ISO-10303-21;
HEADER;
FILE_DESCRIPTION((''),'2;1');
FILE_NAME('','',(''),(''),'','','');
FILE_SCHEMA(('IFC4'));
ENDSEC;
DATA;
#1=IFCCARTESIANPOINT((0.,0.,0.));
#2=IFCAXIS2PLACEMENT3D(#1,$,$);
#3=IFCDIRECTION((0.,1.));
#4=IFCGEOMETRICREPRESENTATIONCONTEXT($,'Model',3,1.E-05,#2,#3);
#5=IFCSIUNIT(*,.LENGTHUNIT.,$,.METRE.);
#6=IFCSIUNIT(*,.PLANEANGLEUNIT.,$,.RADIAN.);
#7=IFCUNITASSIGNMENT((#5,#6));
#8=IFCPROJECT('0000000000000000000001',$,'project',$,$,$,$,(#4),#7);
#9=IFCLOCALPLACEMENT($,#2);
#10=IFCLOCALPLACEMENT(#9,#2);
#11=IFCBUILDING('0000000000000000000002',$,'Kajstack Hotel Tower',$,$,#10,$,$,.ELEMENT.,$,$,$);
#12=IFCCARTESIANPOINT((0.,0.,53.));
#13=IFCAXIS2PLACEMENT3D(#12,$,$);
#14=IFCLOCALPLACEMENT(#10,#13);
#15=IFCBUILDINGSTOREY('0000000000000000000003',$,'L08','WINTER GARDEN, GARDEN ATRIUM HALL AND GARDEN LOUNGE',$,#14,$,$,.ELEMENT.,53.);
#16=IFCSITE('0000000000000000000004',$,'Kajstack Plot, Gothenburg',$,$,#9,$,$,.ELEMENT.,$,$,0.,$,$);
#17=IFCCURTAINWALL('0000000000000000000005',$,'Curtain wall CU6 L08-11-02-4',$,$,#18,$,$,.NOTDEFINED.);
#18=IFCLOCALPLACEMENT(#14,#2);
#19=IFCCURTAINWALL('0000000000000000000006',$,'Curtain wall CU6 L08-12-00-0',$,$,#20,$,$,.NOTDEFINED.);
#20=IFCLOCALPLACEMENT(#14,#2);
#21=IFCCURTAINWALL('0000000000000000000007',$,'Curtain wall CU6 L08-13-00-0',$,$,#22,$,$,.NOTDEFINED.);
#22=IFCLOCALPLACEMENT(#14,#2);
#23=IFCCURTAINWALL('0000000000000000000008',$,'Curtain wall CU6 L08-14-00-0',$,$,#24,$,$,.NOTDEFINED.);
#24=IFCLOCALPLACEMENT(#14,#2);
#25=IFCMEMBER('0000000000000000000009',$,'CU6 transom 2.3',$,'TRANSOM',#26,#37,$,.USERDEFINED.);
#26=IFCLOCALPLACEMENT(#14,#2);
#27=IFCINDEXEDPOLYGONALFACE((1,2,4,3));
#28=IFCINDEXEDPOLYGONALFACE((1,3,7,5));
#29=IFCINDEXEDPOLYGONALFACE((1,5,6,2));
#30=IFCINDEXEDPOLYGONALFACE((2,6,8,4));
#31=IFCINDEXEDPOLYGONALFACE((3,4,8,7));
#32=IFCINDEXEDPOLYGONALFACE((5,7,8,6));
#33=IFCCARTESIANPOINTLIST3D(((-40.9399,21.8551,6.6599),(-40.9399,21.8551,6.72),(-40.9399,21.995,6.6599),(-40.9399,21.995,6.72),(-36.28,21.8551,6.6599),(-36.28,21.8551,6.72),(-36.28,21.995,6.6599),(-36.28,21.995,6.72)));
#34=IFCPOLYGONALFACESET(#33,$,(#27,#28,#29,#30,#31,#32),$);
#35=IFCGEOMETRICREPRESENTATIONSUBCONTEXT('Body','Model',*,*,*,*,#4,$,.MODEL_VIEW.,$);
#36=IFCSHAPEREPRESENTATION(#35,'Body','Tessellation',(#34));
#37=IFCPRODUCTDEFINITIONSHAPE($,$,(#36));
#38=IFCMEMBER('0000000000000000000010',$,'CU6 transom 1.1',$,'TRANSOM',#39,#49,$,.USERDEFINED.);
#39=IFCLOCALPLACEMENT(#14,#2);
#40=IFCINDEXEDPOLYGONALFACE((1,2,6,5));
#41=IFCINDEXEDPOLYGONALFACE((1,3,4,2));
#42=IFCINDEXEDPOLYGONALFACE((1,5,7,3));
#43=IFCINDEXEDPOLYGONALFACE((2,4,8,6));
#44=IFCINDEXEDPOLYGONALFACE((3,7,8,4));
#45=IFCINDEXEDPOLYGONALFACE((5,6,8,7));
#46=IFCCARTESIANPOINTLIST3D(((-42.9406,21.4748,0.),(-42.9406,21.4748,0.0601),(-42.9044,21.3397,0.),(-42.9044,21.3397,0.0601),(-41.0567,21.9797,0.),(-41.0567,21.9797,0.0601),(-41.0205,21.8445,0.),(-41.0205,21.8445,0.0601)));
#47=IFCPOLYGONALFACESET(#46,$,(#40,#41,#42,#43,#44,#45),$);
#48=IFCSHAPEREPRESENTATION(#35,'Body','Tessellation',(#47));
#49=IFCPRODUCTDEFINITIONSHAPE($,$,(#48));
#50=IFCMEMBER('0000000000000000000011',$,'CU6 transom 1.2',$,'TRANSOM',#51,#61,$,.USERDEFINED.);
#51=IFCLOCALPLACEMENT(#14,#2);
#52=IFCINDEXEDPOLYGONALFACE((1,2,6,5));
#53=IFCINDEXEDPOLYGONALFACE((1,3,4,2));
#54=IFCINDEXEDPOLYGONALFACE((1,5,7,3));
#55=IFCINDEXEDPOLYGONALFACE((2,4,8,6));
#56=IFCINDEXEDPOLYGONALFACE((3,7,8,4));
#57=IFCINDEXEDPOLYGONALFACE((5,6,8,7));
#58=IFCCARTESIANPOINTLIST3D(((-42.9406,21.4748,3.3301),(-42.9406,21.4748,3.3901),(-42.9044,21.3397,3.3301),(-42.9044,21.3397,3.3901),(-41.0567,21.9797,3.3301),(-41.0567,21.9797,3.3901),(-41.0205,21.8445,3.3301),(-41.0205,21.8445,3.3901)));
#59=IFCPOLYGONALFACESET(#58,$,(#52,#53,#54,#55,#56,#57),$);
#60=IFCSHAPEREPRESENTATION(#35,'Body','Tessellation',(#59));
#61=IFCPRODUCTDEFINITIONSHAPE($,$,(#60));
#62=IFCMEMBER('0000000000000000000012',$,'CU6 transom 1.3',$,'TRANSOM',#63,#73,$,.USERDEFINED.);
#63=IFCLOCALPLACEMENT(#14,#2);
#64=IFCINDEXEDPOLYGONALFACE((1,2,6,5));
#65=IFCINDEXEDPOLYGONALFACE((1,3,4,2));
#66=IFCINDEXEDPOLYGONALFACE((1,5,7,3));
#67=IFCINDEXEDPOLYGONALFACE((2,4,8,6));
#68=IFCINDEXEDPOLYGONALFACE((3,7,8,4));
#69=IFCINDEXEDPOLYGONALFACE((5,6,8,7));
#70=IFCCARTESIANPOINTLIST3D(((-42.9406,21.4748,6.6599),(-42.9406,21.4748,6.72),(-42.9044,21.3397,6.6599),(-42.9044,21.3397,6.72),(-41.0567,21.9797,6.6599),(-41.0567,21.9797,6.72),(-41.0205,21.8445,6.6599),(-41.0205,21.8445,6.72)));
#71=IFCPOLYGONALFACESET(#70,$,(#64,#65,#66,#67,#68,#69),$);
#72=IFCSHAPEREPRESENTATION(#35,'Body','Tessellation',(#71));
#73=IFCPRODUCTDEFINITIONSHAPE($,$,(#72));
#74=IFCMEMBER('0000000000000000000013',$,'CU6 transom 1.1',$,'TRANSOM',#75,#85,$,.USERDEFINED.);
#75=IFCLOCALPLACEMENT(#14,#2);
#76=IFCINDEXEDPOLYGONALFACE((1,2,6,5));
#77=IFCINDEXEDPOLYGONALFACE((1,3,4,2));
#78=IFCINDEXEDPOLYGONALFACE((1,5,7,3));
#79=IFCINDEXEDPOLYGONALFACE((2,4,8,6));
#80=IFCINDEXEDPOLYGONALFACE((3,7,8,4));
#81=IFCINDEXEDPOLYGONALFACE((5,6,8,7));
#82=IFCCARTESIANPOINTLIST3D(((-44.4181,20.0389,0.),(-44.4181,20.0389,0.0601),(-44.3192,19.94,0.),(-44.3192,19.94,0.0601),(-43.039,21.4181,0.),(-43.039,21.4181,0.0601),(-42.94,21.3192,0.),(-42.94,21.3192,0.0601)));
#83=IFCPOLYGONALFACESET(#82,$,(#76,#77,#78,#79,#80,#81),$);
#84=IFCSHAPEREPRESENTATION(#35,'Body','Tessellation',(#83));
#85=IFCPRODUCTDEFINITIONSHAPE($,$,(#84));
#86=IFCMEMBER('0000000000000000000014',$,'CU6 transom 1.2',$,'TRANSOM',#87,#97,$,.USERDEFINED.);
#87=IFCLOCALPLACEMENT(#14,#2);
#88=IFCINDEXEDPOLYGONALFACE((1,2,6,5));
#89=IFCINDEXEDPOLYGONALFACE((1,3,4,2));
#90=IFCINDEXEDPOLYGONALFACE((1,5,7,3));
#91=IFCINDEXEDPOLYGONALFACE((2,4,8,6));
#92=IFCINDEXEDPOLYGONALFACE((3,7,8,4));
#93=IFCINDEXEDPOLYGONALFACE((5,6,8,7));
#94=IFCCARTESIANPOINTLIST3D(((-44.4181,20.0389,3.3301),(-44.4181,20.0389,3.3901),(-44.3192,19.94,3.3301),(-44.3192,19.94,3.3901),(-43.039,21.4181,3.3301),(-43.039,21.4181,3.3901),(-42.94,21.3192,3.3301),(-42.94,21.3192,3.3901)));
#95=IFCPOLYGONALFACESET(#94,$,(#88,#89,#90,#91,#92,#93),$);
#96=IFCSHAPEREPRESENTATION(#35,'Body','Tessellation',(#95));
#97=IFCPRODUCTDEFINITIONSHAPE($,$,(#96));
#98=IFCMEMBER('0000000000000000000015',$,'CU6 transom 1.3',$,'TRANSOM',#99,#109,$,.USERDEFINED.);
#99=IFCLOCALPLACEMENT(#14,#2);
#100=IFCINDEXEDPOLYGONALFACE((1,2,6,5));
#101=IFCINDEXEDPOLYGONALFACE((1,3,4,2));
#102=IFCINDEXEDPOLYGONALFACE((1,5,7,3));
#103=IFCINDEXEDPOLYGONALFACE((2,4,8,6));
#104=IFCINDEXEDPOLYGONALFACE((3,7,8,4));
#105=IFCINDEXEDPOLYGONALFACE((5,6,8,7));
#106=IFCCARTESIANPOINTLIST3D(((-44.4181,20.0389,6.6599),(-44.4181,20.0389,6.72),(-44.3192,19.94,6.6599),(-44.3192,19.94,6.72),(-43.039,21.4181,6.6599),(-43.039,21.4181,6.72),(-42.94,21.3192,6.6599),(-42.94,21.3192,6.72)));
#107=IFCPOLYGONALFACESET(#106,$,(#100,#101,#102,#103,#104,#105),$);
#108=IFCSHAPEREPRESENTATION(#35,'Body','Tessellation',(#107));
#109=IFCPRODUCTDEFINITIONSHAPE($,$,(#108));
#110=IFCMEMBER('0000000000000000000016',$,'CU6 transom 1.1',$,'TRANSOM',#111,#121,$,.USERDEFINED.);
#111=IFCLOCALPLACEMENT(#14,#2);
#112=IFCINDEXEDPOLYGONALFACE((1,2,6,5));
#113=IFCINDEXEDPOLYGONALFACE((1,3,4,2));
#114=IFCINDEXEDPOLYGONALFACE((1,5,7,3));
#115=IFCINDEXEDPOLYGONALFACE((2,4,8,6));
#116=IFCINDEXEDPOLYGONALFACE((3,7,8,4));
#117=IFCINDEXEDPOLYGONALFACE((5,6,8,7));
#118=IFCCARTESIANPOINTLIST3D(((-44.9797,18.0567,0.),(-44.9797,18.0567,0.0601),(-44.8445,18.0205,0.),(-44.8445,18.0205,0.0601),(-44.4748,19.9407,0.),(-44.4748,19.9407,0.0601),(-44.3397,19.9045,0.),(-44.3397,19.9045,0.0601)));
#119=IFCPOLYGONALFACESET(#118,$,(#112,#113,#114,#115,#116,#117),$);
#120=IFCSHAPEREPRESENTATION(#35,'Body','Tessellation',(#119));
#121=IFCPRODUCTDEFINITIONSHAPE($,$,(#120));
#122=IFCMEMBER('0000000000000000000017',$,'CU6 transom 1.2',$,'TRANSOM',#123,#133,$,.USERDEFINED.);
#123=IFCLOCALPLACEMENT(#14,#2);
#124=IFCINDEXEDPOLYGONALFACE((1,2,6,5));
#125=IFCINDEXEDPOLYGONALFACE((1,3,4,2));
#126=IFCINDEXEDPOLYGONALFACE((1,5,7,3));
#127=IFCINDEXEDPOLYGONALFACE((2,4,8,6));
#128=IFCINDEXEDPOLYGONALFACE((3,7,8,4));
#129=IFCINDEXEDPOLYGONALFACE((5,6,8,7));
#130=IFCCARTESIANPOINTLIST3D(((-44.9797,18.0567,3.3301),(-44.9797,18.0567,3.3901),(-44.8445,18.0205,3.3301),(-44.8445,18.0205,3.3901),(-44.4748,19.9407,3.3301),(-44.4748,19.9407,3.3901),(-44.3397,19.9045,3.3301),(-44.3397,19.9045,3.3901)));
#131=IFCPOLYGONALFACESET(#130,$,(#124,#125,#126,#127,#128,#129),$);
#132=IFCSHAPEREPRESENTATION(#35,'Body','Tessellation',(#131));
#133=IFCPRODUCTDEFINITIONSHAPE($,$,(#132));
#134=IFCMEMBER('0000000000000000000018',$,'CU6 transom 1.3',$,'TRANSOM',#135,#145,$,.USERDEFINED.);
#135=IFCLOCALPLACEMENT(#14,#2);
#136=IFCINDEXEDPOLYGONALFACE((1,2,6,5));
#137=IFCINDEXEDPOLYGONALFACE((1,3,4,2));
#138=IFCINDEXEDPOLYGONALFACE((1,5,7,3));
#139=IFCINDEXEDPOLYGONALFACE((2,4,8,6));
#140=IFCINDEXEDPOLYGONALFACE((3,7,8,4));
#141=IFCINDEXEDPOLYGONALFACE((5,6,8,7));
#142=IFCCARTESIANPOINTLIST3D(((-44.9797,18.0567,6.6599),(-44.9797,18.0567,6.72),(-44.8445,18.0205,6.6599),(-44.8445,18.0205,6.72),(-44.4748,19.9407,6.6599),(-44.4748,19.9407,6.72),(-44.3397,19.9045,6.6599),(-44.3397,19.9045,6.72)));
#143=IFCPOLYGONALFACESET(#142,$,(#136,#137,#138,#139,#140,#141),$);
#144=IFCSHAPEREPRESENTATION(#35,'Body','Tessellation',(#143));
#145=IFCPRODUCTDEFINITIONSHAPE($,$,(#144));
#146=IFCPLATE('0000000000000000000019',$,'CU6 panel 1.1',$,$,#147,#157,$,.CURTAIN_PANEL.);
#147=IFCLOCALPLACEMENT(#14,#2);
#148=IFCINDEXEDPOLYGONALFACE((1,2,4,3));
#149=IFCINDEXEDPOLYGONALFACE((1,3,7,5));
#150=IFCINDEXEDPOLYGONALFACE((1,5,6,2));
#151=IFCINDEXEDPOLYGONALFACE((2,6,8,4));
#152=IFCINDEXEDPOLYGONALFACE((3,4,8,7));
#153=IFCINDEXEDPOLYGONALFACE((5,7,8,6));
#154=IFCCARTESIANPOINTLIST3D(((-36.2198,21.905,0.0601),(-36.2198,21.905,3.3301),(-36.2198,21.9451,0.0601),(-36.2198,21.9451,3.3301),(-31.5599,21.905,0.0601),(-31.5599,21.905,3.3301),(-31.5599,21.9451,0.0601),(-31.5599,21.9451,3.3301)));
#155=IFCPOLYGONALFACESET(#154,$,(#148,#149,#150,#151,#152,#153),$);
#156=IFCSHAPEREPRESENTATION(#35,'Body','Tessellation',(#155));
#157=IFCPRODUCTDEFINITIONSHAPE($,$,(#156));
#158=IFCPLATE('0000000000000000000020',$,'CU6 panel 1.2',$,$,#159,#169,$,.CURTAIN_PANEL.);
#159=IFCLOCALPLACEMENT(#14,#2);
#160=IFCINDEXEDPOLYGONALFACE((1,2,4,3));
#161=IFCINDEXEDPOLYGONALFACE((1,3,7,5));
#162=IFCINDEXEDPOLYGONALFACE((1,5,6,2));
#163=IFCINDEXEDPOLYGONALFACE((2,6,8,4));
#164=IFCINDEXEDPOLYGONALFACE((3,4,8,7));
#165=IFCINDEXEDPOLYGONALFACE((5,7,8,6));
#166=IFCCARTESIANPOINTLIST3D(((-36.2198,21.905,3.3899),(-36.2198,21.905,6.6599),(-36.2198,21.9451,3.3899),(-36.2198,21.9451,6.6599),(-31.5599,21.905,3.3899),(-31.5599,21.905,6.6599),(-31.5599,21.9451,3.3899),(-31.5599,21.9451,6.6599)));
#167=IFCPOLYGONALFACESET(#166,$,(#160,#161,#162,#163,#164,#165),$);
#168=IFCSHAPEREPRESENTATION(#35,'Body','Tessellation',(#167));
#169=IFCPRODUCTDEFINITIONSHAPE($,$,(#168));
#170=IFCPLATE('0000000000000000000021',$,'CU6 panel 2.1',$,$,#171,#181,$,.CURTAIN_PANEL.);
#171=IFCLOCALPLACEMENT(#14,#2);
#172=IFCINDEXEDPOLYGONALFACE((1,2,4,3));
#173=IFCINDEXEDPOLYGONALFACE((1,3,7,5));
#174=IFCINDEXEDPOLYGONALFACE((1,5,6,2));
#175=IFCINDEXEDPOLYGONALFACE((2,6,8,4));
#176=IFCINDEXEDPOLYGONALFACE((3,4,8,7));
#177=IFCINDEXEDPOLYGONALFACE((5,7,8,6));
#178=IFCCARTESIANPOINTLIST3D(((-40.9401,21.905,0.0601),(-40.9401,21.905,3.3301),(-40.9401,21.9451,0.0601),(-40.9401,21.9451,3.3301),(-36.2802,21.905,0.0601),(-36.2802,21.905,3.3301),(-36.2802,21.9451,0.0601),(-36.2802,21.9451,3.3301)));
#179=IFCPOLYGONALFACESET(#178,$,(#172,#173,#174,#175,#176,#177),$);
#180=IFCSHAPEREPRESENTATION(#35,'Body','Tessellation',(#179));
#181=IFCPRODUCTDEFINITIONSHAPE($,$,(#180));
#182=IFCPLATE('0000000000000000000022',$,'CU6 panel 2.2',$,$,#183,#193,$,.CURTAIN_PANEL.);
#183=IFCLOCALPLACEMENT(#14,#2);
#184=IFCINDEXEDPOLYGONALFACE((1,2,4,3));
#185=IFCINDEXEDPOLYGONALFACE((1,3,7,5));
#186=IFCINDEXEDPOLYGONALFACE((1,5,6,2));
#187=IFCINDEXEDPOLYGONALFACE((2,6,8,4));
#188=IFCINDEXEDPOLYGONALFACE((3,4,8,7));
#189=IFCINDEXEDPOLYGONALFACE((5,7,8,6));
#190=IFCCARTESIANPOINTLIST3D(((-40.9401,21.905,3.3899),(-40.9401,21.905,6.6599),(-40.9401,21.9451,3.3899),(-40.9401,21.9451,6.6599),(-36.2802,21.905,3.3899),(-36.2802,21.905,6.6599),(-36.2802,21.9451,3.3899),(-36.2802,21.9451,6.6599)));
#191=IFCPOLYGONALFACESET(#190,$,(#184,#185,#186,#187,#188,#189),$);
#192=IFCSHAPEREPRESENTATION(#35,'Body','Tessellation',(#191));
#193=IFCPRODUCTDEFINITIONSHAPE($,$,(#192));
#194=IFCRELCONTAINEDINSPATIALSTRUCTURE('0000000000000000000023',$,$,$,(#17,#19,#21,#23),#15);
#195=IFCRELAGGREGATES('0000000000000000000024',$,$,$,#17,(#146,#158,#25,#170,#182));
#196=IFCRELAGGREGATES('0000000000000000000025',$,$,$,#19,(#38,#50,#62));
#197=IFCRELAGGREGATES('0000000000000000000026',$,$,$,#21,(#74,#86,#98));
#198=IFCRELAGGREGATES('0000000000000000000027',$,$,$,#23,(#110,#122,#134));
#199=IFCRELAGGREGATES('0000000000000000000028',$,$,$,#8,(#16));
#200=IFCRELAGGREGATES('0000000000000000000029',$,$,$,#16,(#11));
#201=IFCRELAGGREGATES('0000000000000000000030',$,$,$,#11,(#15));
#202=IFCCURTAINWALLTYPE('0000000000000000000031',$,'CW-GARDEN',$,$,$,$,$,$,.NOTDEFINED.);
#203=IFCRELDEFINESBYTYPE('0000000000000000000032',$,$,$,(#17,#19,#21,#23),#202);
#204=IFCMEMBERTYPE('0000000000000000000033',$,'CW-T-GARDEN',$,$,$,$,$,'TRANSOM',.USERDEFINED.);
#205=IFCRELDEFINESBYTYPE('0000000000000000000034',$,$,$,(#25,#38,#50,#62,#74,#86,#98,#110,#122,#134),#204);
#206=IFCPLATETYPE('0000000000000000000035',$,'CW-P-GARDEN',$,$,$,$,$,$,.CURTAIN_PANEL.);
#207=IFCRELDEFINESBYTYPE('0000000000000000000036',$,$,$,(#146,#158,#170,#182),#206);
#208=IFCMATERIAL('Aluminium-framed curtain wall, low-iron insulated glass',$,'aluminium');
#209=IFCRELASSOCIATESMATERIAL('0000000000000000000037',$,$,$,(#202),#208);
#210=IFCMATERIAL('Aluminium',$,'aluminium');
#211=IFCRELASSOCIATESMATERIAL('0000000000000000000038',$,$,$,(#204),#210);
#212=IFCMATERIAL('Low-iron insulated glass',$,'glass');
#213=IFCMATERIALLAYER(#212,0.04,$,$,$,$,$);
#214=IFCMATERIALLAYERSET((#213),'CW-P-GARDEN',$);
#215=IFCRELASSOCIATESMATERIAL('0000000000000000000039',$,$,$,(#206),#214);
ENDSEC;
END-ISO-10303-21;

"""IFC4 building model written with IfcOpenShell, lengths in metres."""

from ifc_helpers import new_model, si_unit, direction, frame, origin, origin_2d, place, context, subcontext, project, spatial, rectangle, extrude, material, layer, layer_set, material_profile, profile_set, type_object, element, aggregate, save


model = new_model("IFC4")

# Units and contexts
model_context = context("Model", 3, precision=1e-05, world=origin(), true_north=direction((0.0, 1.0)))
body_context = subcontext(model_context, "Body", "Model", "MODEL_VIEW")
ifc_project = project(units=[si_unit("LENGTHUNIT", "METRE"), si_unit("PLANEANGLEUNIT", "RADIAN")], contexts=[model_context])

# Site, building, storey
site_placement = place(None, origin())
site = spatial("IfcSite", under=ifc_project, at=site_placement, Name="Kajstack Plot, Gothenburg", CompositionType="ELEMENT", RefElevation=0.0)
building_placement = place(site_placement, origin())
building = spatial("IfcBuilding", under=site, at=building_placement, Name="Kajstack Hotel Tower", CompositionType="ELEMENT")
storey_placement = place(building_placement, frame((0.0, 0.0, 53.0)))
storey = spatial("IfcBuildingStorey", under=building, at=storey_placement, Name="L08", Description="WINTER GARDEN, GARDEN ATRIUM HALL AND GARDEN LOUNGE", CompositionType="ELEMENT", Elevation=53.0)

# Curtain walls
ifc_material_1 = material(Name="Aluminium-framed curtain wall, low-iron insulated glass", Category="aluminium")
curtain_wall_type = type_object("IfcCurtainWallType", Name="CW-GARDEN", PredefinedType="NOTDEFINED", material=ifc_material_1)
curtain_wall_1_placement = place(storey_placement, origin())
curtain_wall_1 = element("IfcCurtainWall", 1, at=curtain_wall_1_placement, inside=storey, type_object=curtain_wall_type, Name="Curtain wall CU6 L08-11-02-4", PredefinedType="NOTDEFINED")
ifc_material_2 = material(Name="Aluminium", Category="aluminium")
curtain_wall_2_placement = place(storey_placement, origin())
curtain_wall_2 = element("IfcCurtainWall", 2, at=curtain_wall_2_placement, inside=storey, type_object=curtain_wall_type, Name="Curtain wall CU6 L08-12-00-0", PredefinedType="NOTDEFINED")
curtain_wall_3_placement = place(storey_placement, origin())
curtain_wall_3 = element("IfcCurtainWall", 3, at=curtain_wall_3_placement, inside=storey, type_object=curtain_wall_type, Name="Curtain wall CU6 L08-13-00-0", PredefinedType="NOTDEFINED")
curtain_wall_4_placement = place(storey_placement, origin())
curtain_wall_4 = element("IfcCurtainWall", 4, at=curtain_wall_4_placement, inside=storey, type_object=curtain_wall_type, Name="Curtain wall CU6 L08-14-00-0", PredefinedType="NOTDEFINED")

# Members
ifc_material_profile_1 = material_profile(ifc_material_2, rectangle(XDim=0.1399, YDim=0.0601, at=origin_2d()), Name="Aluminium transom 140 x 60")
ifc_profile_set_1 = profile_set([ifc_material_profile_1], Name="Aluminium")
member_type_1 = type_object("IfcMemberType", Name="CW-T-GARDEN", ElementType="TRANSOM", PredefinedType="USERDEFINED", material=ifc_profile_set_1)
member_1_placement = place(storey_placement, frame((-36.28, 21.925, 6.6899), z_axis=(-1.0, 0.0, 0.0), x_axis=(0.0, -1.0, 0.0)))
member_1 = element("IfcMember", 5, at=member_1_placement, type_object=member_type_1, Name="CU6 transom 2.3", ObjectType="TRANSOM", PredefinedType="USERDEFINED", context=body_context, shape_type="SweptSolid", body=[
    extrude(rectangle(XDim=0.1399, YDim=0.0601, at=origin_2d()), origin(), (0.0, 0.0, 1.0), 4.6599),
])
member_2_placement = place(storey_placement, frame((-41.0386, 21.9121, 0.03), z_axis=(-0.965918, -0.258847, 0.0), x_axis=(0.258847, -0.965918, 0.0)))
member_2 = element("IfcMember", 6, at=member_2_placement, type_object=member_type_1, Name="CU6 transom 1.1", ObjectType="TRANSOM", PredefinedType="USERDEFINED", context=body_context, shape_type="SweptSolid", body=[
    extrude(rectangle(XDim=0.1399, YDim=0.0601, at=origin_2d()), origin(), (0.0, 0.0, 1.0), 1.9504),
])
member_3_placement = place(storey_placement, frame((-41.0386, 21.9121, 3.3601), z_axis=(-0.965918, -0.258847, 0.0), x_axis=(0.258847, -0.965918, 0.0)))
member_3 = element("IfcMember", 7, at=member_3_placement, type_object=member_type_1, Name="CU6 transom 1.2", ObjectType="TRANSOM", PredefinedType="USERDEFINED", context=body_context, shape_type="SweptSolid", body=[
    extrude(rectangle(XDim=0.1399, YDim=0.0601, at=origin_2d()), origin(), (0.0, 0.0, 1.0), 1.9504),
])
member_4_placement = place(storey_placement, frame((-41.0386, 21.9121, 6.6899), z_axis=(-0.965918, -0.258847, 0.0), x_axis=(0.258847, -0.965918, 0.0)))
member_4 = element("IfcMember", 8, at=member_4_placement, type_object=member_type_1, Name="CU6 transom 1.3", ObjectType="TRANSOM", PredefinedType="USERDEFINED", context=body_context, shape_type="SweptSolid", body=[
    extrude(rectangle(XDim=0.1399, YDim=0.0601, at=origin_2d()), origin(), (0.0, 0.0, 1.0), 1.9504),
])
member_5_placement = place(storey_placement, frame((-42.9895, 21.3687, 0.03), z_axis=(-0.707107, -0.707107, 0.0), x_axis=(0.707107, -0.707107, 0.0)))
member_5 = element("IfcMember", 9, at=member_5_placement, type_object=member_type_1, Name="CU6 transom 1.1", ObjectType="TRANSOM", PredefinedType="USERDEFINED", context=body_context, shape_type="SweptSolid", body=[
    extrude(rectangle(XDim=0.1399, YDim=0.0601, at=origin_2d()), origin(), (0.0, 0.0, 1.0), 1.9504),
])
member_6_placement = place(storey_placement, frame((-42.9895, 21.3687, 3.3601), z_axis=(-0.707107, -0.707107, 0.0), x_axis=(0.707107, -0.707107, 0.0)))
member_6 = element("IfcMember", 10, at=member_6_placement, type_object=member_type_1, Name="CU6 transom 1.2", ObjectType="TRANSOM", PredefinedType="USERDEFINED", context=body_context, shape_type="SweptSolid", body=[
    extrude(rectangle(XDim=0.1399, YDim=0.0601, at=origin_2d()), origin(), (0.0, 0.0, 1.0), 1.9504),
])
member_7_placement = place(storey_placement, frame((-42.9895, 21.3687, 6.6899), z_axis=(-0.707107, -0.707107, 0.0), x_axis=(0.707107, -0.707107, 0.0)))
member_7 = element("IfcMember", 11, at=member_7_placement, type_object=member_type_1, Name="CU6 transom 1.3", ObjectType="TRANSOM", PredefinedType="USERDEFINED", context=body_context, shape_type="SweptSolid", body=[
    extrude(rectangle(XDim=0.1399, YDim=0.0601, at=origin_2d()), origin(), (0.0, 0.0, 1.0), 1.9504),
])
member_8_placement = place(storey_placement, frame((-44.4072, 19.9226, 0.03), z_axis=(-0.258847, -0.965918, 0.0), x_axis=(0.965918, -0.258847, 0.0)))
member_8 = element("IfcMember", 12, at=member_8_placement, type_object=member_type_1, Name="CU6 transom 1.1", ObjectType="TRANSOM", PredefinedType="USERDEFINED", context=body_context, shape_type="SweptSolid", body=[
    extrude(rectangle(XDim=0.1399, YDim=0.0601, at=origin_2d()), origin(), (0.0, 0.0, 1.0), 1.9504),
])
member_9_placement = place(storey_placement, frame((-44.4072, 19.9226, 3.3601), z_axis=(-0.258847, -0.965918, 0.0), x_axis=(0.965918, -0.258847, 0.0)))
member_9 = element("IfcMember", 13, at=member_9_placement, type_object=member_type_1, Name="CU6 transom 1.2", ObjectType="TRANSOM", PredefinedType="USERDEFINED", context=body_context, shape_type="SweptSolid", body=[
    extrude(rectangle(XDim=0.1399, YDim=0.0601, at=origin_2d()), origin(), (0.0, 0.0, 1.0), 1.9504),
])
member_10_placement = place(storey_placement, frame((-44.4072, 19.9226, 6.6899), z_axis=(-0.258847, -0.965918, 0.0), x_axis=(0.965918, -0.258847, 0.0)))
member_10 = element("IfcMember", 14, at=member_10_placement, type_object=member_type_1, Name="CU6 transom 1.3", ObjectType="TRANSOM", PredefinedType="USERDEFINED", context=body_context, shape_type="SweptSolid", body=[
    extrude(rectangle(XDim=0.1399, YDim=0.0601, at=origin_2d()), origin(), (0.0, 0.0, 1.0), 1.9504),
])

# Plates
ifc_material_3 = material(Name="Low-iron insulated glass", Category="glass")
ifc_layer = layer(ifc_material_3, 0.04)
ifc_layer_set = layer_set([ifc_layer], Name="CW-P-GARDEN")
plate_type = type_object("IfcPlateType", Name="CW-P-GARDEN", PredefinedType="CURTAIN_PANEL", material=ifc_layer_set)
plate_1_placement = place(storey_placement, frame((-33.8899, 21.925, 0.0601), z_axis=(0.0, 0.0, 1.0), x_axis=(-1.0, 0.0, 0.0)))
plate_1 = element("IfcPlate", 15, at=plate_1_placement, type_object=plate_type, Name="CU6 panel 1.1", PredefinedType="CURTAIN_PANEL", context=body_context, shape_type="SweptSolid", body=[
    extrude(rectangle(XDim=4.6599, YDim=0.04, at=origin_2d()), origin(), (0.0, 0.0, 1.0), 3.27),
])
plate_2_placement = place(storey_placement, frame((-33.8899, 21.925, 3.3899), z_axis=(0.0, 0.0, 1.0), x_axis=(-1.0, 0.0, 0.0)))
plate_2 = element("IfcPlate", 16, at=plate_2_placement, type_object=plate_type, Name="CU6 panel 1.2", PredefinedType="CURTAIN_PANEL", context=body_context, shape_type="SweptSolid", body=[
    extrude(rectangle(XDim=4.6599, YDim=0.04, at=origin_2d()), origin(), (0.0, 0.0, 1.0), 3.27),
])
plate_3_placement = place(storey_placement, frame((-38.6101, 21.925, 0.0601), z_axis=(0.0, 0.0, 1.0), x_axis=(-1.0, 0.0, 0.0)))
plate_3 = element("IfcPlate", 17, at=plate_3_placement, type_object=plate_type, Name="CU6 panel 2.1", PredefinedType="CURTAIN_PANEL", context=body_context, shape_type="SweptSolid", body=[
    extrude(rectangle(XDim=4.6599, YDim=0.04, at=origin_2d()), origin(), (0.0, 0.0, 1.0), 3.27),
])
plate_4_placement = place(storey_placement, frame((-38.6101, 21.925, 3.3899), z_axis=(0.0, 0.0, 1.0), x_axis=(-1.0, 0.0, 0.0)))
plate_4 = element("IfcPlate", 18, at=plate_4_placement, type_object=plate_type, Name="CU6 panel 2.2", PredefinedType="CURTAIN_PANEL", context=body_context, shape_type="SweptSolid", body=[
    extrude(rectangle(XDim=4.6599, YDim=0.04, at=origin_2d()), origin(), (0.0, 0.0, 1.0), 3.27),
])
aggregate(curtain_wall_1, [plate_1, plate_2, member_1, plate_3, plate_4])
aggregate(curtain_wall_2, [member_2, member_3, member_4])
aggregate(curtain_wall_3, [member_5, member_6, member_7])
aggregate(curtain_wall_4, [member_8, member_9, member_10])

save(model, "model.ifc")
